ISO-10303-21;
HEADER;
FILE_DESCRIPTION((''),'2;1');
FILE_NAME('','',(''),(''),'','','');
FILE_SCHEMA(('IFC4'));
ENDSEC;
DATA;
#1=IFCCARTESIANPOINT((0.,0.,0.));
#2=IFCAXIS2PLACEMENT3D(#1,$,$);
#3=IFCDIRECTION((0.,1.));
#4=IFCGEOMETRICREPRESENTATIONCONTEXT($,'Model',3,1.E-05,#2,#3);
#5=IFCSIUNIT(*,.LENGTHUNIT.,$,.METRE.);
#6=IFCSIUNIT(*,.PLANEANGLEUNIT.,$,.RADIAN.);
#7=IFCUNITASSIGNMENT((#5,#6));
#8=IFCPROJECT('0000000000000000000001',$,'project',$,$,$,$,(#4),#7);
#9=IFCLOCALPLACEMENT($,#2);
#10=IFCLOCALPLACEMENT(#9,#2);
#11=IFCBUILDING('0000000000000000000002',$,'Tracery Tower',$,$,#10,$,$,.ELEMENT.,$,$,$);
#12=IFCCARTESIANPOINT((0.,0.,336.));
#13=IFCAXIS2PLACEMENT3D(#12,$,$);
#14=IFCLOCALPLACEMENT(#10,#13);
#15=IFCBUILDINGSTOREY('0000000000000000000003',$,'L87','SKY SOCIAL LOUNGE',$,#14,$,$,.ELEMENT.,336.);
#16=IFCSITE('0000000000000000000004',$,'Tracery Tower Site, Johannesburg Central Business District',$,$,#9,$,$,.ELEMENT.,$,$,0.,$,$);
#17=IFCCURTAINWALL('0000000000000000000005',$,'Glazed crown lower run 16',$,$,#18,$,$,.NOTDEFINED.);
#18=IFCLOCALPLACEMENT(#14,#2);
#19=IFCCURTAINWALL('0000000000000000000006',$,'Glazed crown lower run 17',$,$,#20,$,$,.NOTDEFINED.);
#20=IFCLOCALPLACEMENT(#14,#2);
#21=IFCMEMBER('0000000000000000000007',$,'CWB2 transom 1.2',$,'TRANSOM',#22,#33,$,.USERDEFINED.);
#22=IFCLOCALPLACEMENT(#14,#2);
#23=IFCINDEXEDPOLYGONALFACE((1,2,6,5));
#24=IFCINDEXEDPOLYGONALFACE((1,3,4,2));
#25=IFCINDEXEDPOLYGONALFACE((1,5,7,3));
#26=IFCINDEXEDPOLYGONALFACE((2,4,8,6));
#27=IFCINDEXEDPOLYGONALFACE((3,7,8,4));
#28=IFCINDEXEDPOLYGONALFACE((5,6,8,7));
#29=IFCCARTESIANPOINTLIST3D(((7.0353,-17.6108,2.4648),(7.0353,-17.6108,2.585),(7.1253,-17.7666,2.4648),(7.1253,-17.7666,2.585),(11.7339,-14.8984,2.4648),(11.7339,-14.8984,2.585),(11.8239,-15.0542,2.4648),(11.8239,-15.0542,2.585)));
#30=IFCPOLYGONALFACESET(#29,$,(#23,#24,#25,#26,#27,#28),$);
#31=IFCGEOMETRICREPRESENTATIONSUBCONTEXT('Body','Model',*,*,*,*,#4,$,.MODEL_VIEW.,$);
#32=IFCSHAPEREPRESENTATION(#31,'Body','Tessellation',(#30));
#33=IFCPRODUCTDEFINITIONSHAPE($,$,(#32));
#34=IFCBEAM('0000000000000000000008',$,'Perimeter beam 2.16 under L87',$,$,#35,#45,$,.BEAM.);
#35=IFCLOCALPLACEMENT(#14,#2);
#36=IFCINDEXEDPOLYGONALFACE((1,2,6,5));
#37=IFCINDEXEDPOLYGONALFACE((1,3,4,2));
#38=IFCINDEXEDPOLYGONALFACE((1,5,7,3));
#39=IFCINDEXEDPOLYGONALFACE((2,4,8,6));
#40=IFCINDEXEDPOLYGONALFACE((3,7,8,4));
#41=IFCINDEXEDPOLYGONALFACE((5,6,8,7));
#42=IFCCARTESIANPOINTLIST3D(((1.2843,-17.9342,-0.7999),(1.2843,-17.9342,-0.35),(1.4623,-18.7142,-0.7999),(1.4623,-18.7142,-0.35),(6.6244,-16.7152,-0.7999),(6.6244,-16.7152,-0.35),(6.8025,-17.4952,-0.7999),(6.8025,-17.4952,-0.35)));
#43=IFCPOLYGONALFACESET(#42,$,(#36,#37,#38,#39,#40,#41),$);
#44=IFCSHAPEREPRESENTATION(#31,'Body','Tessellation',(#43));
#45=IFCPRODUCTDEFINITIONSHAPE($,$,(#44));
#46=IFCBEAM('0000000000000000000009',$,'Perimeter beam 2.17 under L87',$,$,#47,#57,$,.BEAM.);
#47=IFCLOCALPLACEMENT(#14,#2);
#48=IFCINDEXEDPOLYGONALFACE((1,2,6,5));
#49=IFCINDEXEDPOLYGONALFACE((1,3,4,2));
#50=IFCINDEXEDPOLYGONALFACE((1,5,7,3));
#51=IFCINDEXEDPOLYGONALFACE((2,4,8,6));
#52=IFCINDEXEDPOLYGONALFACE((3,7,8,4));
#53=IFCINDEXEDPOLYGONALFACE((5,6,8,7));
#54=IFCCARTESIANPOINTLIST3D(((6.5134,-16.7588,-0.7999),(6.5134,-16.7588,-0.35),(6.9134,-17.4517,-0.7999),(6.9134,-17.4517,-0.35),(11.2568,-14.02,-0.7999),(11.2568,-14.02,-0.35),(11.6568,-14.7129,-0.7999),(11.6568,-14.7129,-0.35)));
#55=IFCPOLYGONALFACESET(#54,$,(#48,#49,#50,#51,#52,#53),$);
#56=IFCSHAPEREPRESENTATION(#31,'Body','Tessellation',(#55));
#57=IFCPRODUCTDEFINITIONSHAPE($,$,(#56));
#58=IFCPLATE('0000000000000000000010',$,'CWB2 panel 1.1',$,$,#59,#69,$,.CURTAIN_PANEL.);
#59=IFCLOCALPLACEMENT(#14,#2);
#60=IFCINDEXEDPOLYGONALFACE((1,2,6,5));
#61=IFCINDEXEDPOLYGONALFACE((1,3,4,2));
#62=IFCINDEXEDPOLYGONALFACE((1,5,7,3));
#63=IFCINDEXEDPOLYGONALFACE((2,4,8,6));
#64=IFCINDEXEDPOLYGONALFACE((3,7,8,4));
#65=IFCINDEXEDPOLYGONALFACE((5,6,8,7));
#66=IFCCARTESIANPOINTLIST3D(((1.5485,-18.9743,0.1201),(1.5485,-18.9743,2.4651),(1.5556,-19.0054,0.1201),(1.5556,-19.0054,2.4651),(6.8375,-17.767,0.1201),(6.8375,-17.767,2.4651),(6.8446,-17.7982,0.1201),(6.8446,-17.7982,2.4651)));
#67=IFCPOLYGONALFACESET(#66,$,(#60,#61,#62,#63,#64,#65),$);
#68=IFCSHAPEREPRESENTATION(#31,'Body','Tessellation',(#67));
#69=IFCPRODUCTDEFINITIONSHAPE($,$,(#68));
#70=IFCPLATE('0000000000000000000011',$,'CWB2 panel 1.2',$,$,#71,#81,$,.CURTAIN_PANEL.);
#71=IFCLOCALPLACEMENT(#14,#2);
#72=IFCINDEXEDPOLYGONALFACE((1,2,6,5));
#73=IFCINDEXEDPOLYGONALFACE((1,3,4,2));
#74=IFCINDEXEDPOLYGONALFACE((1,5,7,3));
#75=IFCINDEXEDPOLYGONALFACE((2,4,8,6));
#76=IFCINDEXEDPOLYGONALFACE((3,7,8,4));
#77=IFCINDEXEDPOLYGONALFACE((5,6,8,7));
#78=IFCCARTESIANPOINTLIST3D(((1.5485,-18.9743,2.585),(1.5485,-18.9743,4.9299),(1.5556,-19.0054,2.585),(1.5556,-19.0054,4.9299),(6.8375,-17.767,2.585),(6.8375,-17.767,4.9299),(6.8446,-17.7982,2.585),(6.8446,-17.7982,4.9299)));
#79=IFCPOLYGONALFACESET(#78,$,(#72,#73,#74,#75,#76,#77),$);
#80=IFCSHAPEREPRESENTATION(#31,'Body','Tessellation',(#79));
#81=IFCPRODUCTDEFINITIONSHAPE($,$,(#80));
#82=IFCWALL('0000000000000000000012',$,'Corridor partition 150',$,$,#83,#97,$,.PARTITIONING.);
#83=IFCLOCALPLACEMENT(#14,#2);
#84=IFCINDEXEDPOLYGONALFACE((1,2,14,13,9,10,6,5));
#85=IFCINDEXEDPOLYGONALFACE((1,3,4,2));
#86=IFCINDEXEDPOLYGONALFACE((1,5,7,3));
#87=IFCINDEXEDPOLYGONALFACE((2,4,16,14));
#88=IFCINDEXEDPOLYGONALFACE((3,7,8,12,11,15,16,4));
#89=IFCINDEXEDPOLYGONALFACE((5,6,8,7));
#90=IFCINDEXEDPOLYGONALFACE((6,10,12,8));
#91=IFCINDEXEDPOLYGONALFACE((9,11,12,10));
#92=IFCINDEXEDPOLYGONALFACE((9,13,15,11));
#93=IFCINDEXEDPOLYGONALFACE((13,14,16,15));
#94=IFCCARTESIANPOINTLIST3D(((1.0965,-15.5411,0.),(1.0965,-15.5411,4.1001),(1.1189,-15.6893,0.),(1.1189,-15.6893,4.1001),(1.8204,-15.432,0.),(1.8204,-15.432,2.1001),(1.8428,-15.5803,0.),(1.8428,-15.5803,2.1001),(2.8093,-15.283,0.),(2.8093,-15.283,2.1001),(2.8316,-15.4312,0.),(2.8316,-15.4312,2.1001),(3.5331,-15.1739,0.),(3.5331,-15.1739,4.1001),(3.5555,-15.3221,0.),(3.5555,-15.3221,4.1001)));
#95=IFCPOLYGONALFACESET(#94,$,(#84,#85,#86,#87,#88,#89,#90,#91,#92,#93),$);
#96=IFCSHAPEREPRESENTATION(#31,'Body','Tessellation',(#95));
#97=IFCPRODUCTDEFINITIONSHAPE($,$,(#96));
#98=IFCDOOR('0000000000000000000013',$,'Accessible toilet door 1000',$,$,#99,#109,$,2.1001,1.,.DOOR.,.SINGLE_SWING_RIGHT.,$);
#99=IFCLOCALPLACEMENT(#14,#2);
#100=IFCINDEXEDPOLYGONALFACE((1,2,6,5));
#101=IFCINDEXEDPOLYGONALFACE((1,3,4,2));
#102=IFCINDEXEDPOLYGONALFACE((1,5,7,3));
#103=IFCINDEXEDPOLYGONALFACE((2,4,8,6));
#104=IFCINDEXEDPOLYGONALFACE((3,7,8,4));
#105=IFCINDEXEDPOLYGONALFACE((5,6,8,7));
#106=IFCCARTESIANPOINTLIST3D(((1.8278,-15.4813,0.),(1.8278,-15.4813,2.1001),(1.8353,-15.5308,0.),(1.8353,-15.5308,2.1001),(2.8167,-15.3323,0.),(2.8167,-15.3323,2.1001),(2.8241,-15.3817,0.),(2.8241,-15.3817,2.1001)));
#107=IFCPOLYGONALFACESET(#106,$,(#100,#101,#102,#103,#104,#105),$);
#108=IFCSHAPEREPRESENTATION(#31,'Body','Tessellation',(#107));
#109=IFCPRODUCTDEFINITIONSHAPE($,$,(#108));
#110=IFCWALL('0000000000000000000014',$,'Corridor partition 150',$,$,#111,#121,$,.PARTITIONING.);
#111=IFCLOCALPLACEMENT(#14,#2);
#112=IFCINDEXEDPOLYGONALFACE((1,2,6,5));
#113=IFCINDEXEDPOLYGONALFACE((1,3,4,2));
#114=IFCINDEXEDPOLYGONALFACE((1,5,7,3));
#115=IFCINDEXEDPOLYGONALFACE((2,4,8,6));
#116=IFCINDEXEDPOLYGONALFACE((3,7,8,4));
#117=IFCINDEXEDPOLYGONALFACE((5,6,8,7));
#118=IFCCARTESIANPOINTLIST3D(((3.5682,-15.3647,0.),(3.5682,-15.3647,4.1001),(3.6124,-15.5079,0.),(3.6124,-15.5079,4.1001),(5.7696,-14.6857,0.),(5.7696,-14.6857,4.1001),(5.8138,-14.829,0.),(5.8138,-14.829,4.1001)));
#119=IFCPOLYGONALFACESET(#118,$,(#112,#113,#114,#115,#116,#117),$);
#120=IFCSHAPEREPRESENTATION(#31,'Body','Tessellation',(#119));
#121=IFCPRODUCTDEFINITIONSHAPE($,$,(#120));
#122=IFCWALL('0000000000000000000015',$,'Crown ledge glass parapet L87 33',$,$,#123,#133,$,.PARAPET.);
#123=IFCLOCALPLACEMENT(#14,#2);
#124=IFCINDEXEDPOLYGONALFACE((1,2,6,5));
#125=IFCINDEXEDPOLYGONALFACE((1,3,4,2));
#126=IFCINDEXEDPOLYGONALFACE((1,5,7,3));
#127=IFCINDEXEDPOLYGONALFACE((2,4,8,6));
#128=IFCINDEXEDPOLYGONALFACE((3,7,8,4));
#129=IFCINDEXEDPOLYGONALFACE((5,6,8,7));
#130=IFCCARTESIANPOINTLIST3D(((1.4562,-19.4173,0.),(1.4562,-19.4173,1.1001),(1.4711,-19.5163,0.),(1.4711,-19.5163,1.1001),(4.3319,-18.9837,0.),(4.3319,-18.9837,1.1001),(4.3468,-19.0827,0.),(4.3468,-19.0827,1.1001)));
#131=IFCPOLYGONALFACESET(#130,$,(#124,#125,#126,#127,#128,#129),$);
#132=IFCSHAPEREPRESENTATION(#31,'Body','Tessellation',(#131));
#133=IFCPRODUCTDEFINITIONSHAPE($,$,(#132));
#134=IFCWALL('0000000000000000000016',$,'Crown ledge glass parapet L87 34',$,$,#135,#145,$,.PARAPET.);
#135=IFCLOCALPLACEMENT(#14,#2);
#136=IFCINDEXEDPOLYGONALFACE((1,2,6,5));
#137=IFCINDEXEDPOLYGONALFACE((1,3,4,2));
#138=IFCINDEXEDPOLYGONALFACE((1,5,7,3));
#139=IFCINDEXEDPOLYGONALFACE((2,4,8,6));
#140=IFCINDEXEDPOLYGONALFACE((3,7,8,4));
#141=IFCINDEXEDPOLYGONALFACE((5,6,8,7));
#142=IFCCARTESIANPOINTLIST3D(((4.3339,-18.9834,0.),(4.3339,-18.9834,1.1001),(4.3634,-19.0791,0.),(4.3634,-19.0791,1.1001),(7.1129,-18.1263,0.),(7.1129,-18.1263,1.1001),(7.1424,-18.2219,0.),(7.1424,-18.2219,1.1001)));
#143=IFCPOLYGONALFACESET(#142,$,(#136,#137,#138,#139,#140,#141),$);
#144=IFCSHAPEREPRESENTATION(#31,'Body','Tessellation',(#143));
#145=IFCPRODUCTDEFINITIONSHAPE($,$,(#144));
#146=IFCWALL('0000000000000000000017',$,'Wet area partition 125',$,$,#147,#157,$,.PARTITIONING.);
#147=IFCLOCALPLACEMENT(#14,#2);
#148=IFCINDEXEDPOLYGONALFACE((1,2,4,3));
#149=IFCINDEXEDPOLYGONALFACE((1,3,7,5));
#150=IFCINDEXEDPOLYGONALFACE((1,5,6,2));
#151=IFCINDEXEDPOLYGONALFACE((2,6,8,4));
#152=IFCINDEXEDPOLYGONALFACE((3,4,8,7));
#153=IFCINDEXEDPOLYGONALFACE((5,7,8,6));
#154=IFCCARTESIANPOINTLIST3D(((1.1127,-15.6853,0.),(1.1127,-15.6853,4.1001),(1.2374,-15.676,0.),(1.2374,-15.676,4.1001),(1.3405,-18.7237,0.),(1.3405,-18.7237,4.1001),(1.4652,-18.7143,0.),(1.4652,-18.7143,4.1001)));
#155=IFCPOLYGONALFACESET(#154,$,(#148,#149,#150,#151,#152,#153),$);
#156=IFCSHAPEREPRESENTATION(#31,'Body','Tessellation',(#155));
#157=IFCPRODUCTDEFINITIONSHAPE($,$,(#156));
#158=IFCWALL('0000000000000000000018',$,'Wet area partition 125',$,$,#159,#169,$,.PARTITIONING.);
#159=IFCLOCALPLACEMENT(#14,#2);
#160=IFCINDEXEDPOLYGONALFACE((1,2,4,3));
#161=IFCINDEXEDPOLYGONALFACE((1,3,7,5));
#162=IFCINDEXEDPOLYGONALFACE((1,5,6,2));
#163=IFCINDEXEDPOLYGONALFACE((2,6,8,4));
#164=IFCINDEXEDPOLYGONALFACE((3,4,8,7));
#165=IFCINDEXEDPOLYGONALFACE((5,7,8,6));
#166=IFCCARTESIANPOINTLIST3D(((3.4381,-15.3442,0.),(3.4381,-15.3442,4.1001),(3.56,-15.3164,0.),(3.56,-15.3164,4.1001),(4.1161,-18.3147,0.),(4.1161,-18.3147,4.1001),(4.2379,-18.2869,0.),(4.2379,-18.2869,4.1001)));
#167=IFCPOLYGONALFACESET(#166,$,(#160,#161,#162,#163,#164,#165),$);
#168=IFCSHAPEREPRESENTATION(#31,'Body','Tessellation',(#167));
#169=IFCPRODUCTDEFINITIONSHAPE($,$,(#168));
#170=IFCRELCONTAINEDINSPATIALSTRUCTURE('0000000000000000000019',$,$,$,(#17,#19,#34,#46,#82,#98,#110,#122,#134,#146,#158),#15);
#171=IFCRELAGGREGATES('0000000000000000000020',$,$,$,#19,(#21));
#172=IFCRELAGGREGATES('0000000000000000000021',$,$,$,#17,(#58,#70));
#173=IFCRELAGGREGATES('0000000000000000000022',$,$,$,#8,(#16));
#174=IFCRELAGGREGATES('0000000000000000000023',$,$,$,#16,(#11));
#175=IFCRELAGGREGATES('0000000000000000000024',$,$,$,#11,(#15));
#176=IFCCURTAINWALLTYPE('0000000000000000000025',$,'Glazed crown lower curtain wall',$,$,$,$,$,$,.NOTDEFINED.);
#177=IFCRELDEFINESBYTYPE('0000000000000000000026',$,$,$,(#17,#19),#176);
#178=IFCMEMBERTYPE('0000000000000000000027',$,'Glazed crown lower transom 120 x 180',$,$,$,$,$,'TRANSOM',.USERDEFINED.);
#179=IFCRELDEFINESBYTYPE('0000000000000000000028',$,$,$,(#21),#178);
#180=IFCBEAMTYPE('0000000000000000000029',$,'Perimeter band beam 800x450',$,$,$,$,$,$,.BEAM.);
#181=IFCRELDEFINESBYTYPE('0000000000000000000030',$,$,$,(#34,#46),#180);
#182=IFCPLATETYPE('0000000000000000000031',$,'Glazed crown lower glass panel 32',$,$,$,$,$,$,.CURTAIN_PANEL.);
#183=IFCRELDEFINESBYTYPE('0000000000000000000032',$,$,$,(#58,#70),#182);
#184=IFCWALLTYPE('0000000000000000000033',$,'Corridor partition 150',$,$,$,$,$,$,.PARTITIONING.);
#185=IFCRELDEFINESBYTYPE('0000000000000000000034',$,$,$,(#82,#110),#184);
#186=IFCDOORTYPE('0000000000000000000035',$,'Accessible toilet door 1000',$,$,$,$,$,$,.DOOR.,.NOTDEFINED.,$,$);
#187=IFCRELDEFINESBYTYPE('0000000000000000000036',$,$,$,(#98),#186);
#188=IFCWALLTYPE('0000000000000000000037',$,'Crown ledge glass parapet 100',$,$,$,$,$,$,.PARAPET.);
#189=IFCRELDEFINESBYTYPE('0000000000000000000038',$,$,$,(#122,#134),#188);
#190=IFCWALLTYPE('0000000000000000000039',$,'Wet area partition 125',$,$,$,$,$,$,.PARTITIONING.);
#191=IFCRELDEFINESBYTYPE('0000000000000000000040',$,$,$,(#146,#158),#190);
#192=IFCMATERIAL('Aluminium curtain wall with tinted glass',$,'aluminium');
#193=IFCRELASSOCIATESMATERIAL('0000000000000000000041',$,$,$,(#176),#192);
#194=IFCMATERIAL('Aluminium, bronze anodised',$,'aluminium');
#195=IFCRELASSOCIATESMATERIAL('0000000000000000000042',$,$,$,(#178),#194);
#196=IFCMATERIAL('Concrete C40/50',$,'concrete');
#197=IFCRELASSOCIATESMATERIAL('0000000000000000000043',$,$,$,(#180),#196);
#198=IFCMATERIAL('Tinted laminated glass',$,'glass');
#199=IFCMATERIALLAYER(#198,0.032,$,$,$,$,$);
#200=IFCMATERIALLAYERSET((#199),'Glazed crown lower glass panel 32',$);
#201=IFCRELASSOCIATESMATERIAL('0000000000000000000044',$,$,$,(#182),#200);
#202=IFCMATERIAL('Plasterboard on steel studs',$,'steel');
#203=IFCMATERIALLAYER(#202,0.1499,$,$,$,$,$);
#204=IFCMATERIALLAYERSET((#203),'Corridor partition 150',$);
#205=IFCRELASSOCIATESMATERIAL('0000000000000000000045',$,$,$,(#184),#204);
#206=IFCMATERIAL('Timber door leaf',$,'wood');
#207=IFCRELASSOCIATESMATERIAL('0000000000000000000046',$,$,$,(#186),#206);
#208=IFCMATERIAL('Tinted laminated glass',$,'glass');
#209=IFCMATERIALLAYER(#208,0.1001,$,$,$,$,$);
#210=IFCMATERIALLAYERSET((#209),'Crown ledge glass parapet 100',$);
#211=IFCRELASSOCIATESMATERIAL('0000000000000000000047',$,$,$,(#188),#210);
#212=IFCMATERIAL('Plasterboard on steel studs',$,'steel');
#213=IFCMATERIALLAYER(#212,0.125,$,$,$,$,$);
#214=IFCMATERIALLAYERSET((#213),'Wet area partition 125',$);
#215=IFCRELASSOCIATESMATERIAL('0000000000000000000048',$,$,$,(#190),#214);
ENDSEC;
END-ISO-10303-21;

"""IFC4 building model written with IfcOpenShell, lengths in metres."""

from ifc_helpers import new_model, si_unit, direction, frame, frame_2d, origin, origin_2d, place, context, subcontext, project, spatial, rectangle, extrude, material, layer, layer_set, material_profile, profile_set, type_object, element, fill, aggregate, save


model = new_model("IFC4")

# Units and contexts
model_context = context("Model", 3, precision=1e-05, world=origin(), true_north=direction((0.0, 1.0)))
body_context = subcontext(model_context, "Body", "Model", "MODEL_VIEW")
ifc_project = project(units=[si_unit("LENGTHUNIT", "METRE"), si_unit("PLANEANGLEUNIT", "RADIAN")], contexts=[model_context])

# Site, building, storey
site_placement = place(None, origin())
site = spatial("IfcSite", under=ifc_project, at=site_placement, Name="Tracery Tower Site, Johannesburg Central Business District", CompositionType="ELEMENT", RefElevation=0.0)
building_placement = place(site_placement, origin())
building = spatial("IfcBuilding", under=site, at=building_placement, Name="Tracery Tower", CompositionType="ELEMENT")
storey_placement = place(building_placement, frame((0.0, 0.0, 336.0)))
storey = spatial("IfcBuildingStorey", under=building, at=storey_placement, Name="L87", Description="SKY SOCIAL LOUNGE", CompositionType="ELEMENT", Elevation=336.0)

# Shared definitions
ifc_material_1 = material(Name="Aluminium curtain wall with tinted glass", Category="aluminium")
curtain_wall_type = type_object("IfcCurtainWallType", Name="Glazed crown lower curtain wall", PredefinedType="NOTDEFINED", material=ifc_material_1)

# Curtain wall
curtain_wall_1_placement = place(storey_placement, origin())
curtain_wall_1 = element("IfcCurtainWall", 1, at=curtain_wall_1_placement, inside=storey, type_object=curtain_wall_type, Name="Glazed crown lower run 16", PredefinedType="NOTDEFINED")

# Curtain wall
curtain_wall_2_placement = place(storey_placement, origin())
curtain_wall_2 = element("IfcCurtainWall", 2, at=curtain_wall_2_placement, inside=storey, type_object=curtain_wall_type, Name="Glazed crown lower run 17", PredefinedType="NOTDEFINED")

# Member
ifc_material_2 = material(Name="Aluminium, bronze anodised", Category="aluminium")
ifc_material_profile_1 = material_profile(ifc_material_2, rectangle(XDim=0.1799, YDim=0.1201, at=origin_2d()), Name="Glazed crown lower transom 120 x 180")
ifc_profile_set_1 = profile_set([ifc_material_profile_1], Name="Aluminium, bronze anodised")
member_type_1 = type_object("IfcMemberType", Name="Glazed crown lower transom 120 x 180", ElementType="TRANSOM", PredefinedType="USERDEFINED", material=ifc_profile_set_1)
member_1_placement = place(storey_placement, frame((7.0803, -17.6887, 2.5249), z_axis=(0.866047, 0.499963, 0.0), x_axis=(-0.499963, 0.866047, 0.0)))
member_1 = element("IfcMember", 3, at=member_1_placement, type_object=member_type_1, Name="CWB2 transom 1.2", ObjectType="TRANSOM", PredefinedType="USERDEFINED", context=body_context, shape_type="SweptSolid", body=[
    extrude(rectangle(XDim=0.1799, YDim=0.1201, at=origin_2d()), origin(), (0.0, 0.0, 1.0), 5.4253),
])
aggregate(curtain_wall_2, [member_1])

# Beams
ifc_material_3 = material(Name="Concrete C40/50", Category="concrete")
ifc_material_profile_2 = material_profile(ifc_material_3, rectangle(XDim=0.8, YDim=0.45, at=origin_2d()), Name="RC 800x450")
ifc_profile_set_2 = profile_set([ifc_material_profile_2], Name="Concrete C40/50")
beam_type = type_object("IfcBeamType", Name="Perimeter band beam 800x450", PredefinedType="BEAM", material=ifc_profile_set_2)
beam_1_placement = place(storey_placement, frame((1.3733, -18.3242, -0.575), z_axis=(0.974922, 0.222548, 0.0), x_axis=(-0.222548, 0.974922, 0.0)))
element("IfcBeam", 4, at=beam_1_placement, inside=storey, type_object=beam_type, Name="Perimeter beam 2.16 under L87", PredefinedType="BEAM", context=body_context, shape_type="SweptSolid", body=[
    extrude(rectangle(XDim=0.8, YDim=0.45, at=origin_2d()), origin(), (0.0, 0.0, 1.0), 5.4775),
])
beam_2_placement = place(storey_placement, frame((6.7134, -17.1052, -0.575), z_axis=(0.866013, 0.500022, 0.0), x_axis=(-0.500022, 0.866013, 0.0)))
element("IfcBeam", 5, at=beam_2_placement, inside=storey, type_object=beam_type, Name="Perimeter beam 2.17 under L87", PredefinedType="BEAM", context=body_context, shape_type="SweptSolid", body=[
    extrude(rectangle(XDim=0.8, YDim=0.45, at=origin_2d()), origin(), (0.0, 0.0, 1.0), 5.4773),
])

# Plates
ifc_material_4 = material(Name="Tinted laminated glass", Category="glass")
ifc_layer_1 = layer(ifc_material_4, 0.032)
ifc_layer_set_1 = layer_set([ifc_layer_1], Name="Glazed crown lower glass panel 32")
plate_type = type_object("IfcPlateType", Name="Glazed crown lower glass panel 32", PredefinedType="CURTAIN_PANEL", material=ifc_layer_set_1)
plate_1_placement = place(storey_placement, frame((4.1965, -18.3862, 0.1201), z_axis=(0.0, 0.0, 1.0), x_axis=(0.974926, 0.222528, 0.0)))
plate_1 = element("IfcPlate", 6, at=plate_1_placement, type_object=plate_type, Name="CWB2 panel 1.1", PredefinedType="CURTAIN_PANEL", context=body_context, shape_type="SweptSolid", body=[
    extrude(rectangle(XDim=5.425, YDim=0.032, at=origin_2d()), origin(), (0.0, 0.0, 1.0), 2.345),
])
plate_2_placement = place(storey_placement, frame((4.1965, -18.3862, 2.585), z_axis=(0.0, 0.0, 1.0), x_axis=(0.974926, 0.222528, 0.0)))
plate_2 = element("IfcPlate", 7, at=plate_2_placement, type_object=plate_type, Name="CWB2 panel 1.2", PredefinedType="CURTAIN_PANEL", context=body_context, shape_type="SweptSolid", body=[
    extrude(rectangle(XDim=5.425, YDim=0.032, at=origin_2d()), origin(), (0.0, 0.0, 1.0), 2.345),
])
aggregate(curtain_wall_1, [plate_1, plate_2])

# Wall, opening, door
ifc_material_5 = material(Name="Plasterboard on steel studs", Category="steel")
ifc_layer_2 = layer(ifc_material_5, 0.1499)
ifc_layer_set_2 = layer_set([ifc_layer_2], Name="Corridor partition 150")
wall_type_1 = type_object("IfcWallType", Name="Corridor partition 150", PredefinedType="PARTITIONING", material=ifc_layer_set_2)
wall_1_placement = place(storey_placement, frame((3.5442, -15.248, 0.0), z_axis=(0.0, 0.0, 1.0), x_axis=(-0.988834, -0.149019, 0.0)))
wall_1 = element("IfcWall", 8, at=wall_1_placement, inside=storey, type_object=wall_type_1, Name="Corridor partition 150", PredefinedType="PARTITIONING", context=body_context, shape_type="SweptSolid", body=[
    extrude(rectangle(XDim=2.4641, YDim=0.1499, at=frame_2d((1.2319, 0.0))), origin(), (0.0, 0.0, 1.0), 4.1001),
])
opening_placement = place(wall_1_placement, frame((0.7319, 0.0, 0.0)))
opening = element("IfcOpeningElement", 9, at=opening_placement, cuts=wall_1, PredefinedType="OPENING", context=body_context, shape_type="SweptSolid", body=[
    extrude(rectangle(XDim=1.0, YDim=2.1001, at=frame_2d((0.5, 1.05))), frame((0.0, 0.075, 0.0), z_axis=(0.0, -1.0, 0.0), x_axis=(1.0, 0.0, 0.0)), (0.0, 0.0, 1.0), 0.1499),
])
ifc_material_6 = material(Name="Timber door leaf", Category="wood")
door_type = type_object("IfcDoorType", Name="Accessible toilet door 1000", OperationType="NOTDEFINED", PredefinedType="DOOR", material=ifc_material_6)
door_placement = place(opening_placement, origin())
door = element("IfcDoor", 10, at=door_placement, inside=storey, type_object=door_type, Name="Accessible toilet door 1000", OperationType="SINGLE_SWING_RIGHT", OverallHeight=2.1001, OverallWidth=1.0, PredefinedType="DOOR", context=body_context, shape_type="SweptSolid", body=[
    extrude(rectangle(XDim=1.0, YDim=2.1001, at=frame_2d((0.5, 1.05))), frame((0.0, 0.0249, 0.0), z_axis=(0.0, -1.0, 0.0), x_axis=(1.0, 0.0, 0.0)), (0.0, 0.0, 1.0), 0.05),
])
fill(opening, door)

# Walls
wall_2_placement = place(storey_placement, frame((3.5903, -15.4363, 0.0), z_axis=(0.0, 0.0, 1.0), x_axis=(0.955584, 0.294719, 0.0)))
element("IfcWall", 11, at=wall_2_placement, inside=storey, type_object=wall_type_1, Name="Corridor partition 150", PredefinedType="PARTITIONING", context=body_context, shape_type="SweptSolid", body=[
    extrude(rectangle(XDim=2.3037, YDim=0.1499, at=frame_2d((1.1519, 0.0))), origin(), (0.0, 0.0, 1.0), 4.1001),
])
ifc_material_7 = material(Name="Tinted laminated glass", Category="glass")
ifc_layer_3 = layer(ifc_material_7, 0.1001)
ifc_layer_set_3 = layer_set([ifc_layer_3], Name="Crown ledge glass parapet 100")
wall_type_2 = type_object("IfcWallType", Name="Crown ledge glass parapet 100", PredefinedType="PARAPET", material=ifc_layer_set_3)
for number, where, z_axis, x_axis, name in (
    (12, (1.4636, -19.4668, 0.0), (0.0, 0.0, 1.0), (0.988823, 0.149092, 0.0), "Crown ledge glass parapet L87 33"),
    (13, (4.3486, -19.0312, 0.0), (0.0, 0.0, 1.0), (0.955577, 0.294741, 0.0), "Crown ledge glass parapet L87 34"),
):
    element("IfcWall", number, at=place(storey_placement, frame(where, z_axis=z_axis, x_axis=x_axis)), inside=storey, type_object=wall_type_2, Name=name, PredefinedType="PARAPET", context=body_context, shape_type="SweptSolid", body=[
        extrude(rectangle(XDim=2.9082, YDim=0.1001, at=frame_2d((1.4541, 0.0))), origin(), (0.0, 0.0, 1.0), 1.1001),
    ])
ifc_material_8 = material(Name="Plasterboard on steel studs", Category="steel")
ifc_layer_4 = layer(ifc_material_8, 0.125)
ifc_layer_set_4 = layer_set([ifc_layer_4], Name="Wet area partition 125")
wall_type_3 = type_object("IfcWallType", Name="Wet area partition 125", PredefinedType="PARTITIONING", material=ifc_layer_set_4)
for number, where, z_axis, x_axis, name in (
    (14, (1.4028, -18.719, 0.0), (0.0, 0.0, 1.0), (-0.07476, 0.997202, 0.0), "Wet area partition 125"),
    (15, (4.177, -18.3008, 0.0), (0.0, 0.0, 1.0), (-0.222518, 0.974929, 0.0), "Wet area partition 125"),
):
    element("IfcWall", number, at=place(storey_placement, frame(where, z_axis=z_axis, x_axis=x_axis)), inside=storey, type_object=wall_type_3, Name=name, PredefinedType="PARTITIONING", context=body_context, shape_type="SweptSolid", body=[
        extrude(rectangle(XDim=3.0469, YDim=0.125, at=frame_2d((1.5234, 0.0))), origin(), (0.0, 0.0, 1.0), 4.1001),
    ])

save(model, "model.ifc")
